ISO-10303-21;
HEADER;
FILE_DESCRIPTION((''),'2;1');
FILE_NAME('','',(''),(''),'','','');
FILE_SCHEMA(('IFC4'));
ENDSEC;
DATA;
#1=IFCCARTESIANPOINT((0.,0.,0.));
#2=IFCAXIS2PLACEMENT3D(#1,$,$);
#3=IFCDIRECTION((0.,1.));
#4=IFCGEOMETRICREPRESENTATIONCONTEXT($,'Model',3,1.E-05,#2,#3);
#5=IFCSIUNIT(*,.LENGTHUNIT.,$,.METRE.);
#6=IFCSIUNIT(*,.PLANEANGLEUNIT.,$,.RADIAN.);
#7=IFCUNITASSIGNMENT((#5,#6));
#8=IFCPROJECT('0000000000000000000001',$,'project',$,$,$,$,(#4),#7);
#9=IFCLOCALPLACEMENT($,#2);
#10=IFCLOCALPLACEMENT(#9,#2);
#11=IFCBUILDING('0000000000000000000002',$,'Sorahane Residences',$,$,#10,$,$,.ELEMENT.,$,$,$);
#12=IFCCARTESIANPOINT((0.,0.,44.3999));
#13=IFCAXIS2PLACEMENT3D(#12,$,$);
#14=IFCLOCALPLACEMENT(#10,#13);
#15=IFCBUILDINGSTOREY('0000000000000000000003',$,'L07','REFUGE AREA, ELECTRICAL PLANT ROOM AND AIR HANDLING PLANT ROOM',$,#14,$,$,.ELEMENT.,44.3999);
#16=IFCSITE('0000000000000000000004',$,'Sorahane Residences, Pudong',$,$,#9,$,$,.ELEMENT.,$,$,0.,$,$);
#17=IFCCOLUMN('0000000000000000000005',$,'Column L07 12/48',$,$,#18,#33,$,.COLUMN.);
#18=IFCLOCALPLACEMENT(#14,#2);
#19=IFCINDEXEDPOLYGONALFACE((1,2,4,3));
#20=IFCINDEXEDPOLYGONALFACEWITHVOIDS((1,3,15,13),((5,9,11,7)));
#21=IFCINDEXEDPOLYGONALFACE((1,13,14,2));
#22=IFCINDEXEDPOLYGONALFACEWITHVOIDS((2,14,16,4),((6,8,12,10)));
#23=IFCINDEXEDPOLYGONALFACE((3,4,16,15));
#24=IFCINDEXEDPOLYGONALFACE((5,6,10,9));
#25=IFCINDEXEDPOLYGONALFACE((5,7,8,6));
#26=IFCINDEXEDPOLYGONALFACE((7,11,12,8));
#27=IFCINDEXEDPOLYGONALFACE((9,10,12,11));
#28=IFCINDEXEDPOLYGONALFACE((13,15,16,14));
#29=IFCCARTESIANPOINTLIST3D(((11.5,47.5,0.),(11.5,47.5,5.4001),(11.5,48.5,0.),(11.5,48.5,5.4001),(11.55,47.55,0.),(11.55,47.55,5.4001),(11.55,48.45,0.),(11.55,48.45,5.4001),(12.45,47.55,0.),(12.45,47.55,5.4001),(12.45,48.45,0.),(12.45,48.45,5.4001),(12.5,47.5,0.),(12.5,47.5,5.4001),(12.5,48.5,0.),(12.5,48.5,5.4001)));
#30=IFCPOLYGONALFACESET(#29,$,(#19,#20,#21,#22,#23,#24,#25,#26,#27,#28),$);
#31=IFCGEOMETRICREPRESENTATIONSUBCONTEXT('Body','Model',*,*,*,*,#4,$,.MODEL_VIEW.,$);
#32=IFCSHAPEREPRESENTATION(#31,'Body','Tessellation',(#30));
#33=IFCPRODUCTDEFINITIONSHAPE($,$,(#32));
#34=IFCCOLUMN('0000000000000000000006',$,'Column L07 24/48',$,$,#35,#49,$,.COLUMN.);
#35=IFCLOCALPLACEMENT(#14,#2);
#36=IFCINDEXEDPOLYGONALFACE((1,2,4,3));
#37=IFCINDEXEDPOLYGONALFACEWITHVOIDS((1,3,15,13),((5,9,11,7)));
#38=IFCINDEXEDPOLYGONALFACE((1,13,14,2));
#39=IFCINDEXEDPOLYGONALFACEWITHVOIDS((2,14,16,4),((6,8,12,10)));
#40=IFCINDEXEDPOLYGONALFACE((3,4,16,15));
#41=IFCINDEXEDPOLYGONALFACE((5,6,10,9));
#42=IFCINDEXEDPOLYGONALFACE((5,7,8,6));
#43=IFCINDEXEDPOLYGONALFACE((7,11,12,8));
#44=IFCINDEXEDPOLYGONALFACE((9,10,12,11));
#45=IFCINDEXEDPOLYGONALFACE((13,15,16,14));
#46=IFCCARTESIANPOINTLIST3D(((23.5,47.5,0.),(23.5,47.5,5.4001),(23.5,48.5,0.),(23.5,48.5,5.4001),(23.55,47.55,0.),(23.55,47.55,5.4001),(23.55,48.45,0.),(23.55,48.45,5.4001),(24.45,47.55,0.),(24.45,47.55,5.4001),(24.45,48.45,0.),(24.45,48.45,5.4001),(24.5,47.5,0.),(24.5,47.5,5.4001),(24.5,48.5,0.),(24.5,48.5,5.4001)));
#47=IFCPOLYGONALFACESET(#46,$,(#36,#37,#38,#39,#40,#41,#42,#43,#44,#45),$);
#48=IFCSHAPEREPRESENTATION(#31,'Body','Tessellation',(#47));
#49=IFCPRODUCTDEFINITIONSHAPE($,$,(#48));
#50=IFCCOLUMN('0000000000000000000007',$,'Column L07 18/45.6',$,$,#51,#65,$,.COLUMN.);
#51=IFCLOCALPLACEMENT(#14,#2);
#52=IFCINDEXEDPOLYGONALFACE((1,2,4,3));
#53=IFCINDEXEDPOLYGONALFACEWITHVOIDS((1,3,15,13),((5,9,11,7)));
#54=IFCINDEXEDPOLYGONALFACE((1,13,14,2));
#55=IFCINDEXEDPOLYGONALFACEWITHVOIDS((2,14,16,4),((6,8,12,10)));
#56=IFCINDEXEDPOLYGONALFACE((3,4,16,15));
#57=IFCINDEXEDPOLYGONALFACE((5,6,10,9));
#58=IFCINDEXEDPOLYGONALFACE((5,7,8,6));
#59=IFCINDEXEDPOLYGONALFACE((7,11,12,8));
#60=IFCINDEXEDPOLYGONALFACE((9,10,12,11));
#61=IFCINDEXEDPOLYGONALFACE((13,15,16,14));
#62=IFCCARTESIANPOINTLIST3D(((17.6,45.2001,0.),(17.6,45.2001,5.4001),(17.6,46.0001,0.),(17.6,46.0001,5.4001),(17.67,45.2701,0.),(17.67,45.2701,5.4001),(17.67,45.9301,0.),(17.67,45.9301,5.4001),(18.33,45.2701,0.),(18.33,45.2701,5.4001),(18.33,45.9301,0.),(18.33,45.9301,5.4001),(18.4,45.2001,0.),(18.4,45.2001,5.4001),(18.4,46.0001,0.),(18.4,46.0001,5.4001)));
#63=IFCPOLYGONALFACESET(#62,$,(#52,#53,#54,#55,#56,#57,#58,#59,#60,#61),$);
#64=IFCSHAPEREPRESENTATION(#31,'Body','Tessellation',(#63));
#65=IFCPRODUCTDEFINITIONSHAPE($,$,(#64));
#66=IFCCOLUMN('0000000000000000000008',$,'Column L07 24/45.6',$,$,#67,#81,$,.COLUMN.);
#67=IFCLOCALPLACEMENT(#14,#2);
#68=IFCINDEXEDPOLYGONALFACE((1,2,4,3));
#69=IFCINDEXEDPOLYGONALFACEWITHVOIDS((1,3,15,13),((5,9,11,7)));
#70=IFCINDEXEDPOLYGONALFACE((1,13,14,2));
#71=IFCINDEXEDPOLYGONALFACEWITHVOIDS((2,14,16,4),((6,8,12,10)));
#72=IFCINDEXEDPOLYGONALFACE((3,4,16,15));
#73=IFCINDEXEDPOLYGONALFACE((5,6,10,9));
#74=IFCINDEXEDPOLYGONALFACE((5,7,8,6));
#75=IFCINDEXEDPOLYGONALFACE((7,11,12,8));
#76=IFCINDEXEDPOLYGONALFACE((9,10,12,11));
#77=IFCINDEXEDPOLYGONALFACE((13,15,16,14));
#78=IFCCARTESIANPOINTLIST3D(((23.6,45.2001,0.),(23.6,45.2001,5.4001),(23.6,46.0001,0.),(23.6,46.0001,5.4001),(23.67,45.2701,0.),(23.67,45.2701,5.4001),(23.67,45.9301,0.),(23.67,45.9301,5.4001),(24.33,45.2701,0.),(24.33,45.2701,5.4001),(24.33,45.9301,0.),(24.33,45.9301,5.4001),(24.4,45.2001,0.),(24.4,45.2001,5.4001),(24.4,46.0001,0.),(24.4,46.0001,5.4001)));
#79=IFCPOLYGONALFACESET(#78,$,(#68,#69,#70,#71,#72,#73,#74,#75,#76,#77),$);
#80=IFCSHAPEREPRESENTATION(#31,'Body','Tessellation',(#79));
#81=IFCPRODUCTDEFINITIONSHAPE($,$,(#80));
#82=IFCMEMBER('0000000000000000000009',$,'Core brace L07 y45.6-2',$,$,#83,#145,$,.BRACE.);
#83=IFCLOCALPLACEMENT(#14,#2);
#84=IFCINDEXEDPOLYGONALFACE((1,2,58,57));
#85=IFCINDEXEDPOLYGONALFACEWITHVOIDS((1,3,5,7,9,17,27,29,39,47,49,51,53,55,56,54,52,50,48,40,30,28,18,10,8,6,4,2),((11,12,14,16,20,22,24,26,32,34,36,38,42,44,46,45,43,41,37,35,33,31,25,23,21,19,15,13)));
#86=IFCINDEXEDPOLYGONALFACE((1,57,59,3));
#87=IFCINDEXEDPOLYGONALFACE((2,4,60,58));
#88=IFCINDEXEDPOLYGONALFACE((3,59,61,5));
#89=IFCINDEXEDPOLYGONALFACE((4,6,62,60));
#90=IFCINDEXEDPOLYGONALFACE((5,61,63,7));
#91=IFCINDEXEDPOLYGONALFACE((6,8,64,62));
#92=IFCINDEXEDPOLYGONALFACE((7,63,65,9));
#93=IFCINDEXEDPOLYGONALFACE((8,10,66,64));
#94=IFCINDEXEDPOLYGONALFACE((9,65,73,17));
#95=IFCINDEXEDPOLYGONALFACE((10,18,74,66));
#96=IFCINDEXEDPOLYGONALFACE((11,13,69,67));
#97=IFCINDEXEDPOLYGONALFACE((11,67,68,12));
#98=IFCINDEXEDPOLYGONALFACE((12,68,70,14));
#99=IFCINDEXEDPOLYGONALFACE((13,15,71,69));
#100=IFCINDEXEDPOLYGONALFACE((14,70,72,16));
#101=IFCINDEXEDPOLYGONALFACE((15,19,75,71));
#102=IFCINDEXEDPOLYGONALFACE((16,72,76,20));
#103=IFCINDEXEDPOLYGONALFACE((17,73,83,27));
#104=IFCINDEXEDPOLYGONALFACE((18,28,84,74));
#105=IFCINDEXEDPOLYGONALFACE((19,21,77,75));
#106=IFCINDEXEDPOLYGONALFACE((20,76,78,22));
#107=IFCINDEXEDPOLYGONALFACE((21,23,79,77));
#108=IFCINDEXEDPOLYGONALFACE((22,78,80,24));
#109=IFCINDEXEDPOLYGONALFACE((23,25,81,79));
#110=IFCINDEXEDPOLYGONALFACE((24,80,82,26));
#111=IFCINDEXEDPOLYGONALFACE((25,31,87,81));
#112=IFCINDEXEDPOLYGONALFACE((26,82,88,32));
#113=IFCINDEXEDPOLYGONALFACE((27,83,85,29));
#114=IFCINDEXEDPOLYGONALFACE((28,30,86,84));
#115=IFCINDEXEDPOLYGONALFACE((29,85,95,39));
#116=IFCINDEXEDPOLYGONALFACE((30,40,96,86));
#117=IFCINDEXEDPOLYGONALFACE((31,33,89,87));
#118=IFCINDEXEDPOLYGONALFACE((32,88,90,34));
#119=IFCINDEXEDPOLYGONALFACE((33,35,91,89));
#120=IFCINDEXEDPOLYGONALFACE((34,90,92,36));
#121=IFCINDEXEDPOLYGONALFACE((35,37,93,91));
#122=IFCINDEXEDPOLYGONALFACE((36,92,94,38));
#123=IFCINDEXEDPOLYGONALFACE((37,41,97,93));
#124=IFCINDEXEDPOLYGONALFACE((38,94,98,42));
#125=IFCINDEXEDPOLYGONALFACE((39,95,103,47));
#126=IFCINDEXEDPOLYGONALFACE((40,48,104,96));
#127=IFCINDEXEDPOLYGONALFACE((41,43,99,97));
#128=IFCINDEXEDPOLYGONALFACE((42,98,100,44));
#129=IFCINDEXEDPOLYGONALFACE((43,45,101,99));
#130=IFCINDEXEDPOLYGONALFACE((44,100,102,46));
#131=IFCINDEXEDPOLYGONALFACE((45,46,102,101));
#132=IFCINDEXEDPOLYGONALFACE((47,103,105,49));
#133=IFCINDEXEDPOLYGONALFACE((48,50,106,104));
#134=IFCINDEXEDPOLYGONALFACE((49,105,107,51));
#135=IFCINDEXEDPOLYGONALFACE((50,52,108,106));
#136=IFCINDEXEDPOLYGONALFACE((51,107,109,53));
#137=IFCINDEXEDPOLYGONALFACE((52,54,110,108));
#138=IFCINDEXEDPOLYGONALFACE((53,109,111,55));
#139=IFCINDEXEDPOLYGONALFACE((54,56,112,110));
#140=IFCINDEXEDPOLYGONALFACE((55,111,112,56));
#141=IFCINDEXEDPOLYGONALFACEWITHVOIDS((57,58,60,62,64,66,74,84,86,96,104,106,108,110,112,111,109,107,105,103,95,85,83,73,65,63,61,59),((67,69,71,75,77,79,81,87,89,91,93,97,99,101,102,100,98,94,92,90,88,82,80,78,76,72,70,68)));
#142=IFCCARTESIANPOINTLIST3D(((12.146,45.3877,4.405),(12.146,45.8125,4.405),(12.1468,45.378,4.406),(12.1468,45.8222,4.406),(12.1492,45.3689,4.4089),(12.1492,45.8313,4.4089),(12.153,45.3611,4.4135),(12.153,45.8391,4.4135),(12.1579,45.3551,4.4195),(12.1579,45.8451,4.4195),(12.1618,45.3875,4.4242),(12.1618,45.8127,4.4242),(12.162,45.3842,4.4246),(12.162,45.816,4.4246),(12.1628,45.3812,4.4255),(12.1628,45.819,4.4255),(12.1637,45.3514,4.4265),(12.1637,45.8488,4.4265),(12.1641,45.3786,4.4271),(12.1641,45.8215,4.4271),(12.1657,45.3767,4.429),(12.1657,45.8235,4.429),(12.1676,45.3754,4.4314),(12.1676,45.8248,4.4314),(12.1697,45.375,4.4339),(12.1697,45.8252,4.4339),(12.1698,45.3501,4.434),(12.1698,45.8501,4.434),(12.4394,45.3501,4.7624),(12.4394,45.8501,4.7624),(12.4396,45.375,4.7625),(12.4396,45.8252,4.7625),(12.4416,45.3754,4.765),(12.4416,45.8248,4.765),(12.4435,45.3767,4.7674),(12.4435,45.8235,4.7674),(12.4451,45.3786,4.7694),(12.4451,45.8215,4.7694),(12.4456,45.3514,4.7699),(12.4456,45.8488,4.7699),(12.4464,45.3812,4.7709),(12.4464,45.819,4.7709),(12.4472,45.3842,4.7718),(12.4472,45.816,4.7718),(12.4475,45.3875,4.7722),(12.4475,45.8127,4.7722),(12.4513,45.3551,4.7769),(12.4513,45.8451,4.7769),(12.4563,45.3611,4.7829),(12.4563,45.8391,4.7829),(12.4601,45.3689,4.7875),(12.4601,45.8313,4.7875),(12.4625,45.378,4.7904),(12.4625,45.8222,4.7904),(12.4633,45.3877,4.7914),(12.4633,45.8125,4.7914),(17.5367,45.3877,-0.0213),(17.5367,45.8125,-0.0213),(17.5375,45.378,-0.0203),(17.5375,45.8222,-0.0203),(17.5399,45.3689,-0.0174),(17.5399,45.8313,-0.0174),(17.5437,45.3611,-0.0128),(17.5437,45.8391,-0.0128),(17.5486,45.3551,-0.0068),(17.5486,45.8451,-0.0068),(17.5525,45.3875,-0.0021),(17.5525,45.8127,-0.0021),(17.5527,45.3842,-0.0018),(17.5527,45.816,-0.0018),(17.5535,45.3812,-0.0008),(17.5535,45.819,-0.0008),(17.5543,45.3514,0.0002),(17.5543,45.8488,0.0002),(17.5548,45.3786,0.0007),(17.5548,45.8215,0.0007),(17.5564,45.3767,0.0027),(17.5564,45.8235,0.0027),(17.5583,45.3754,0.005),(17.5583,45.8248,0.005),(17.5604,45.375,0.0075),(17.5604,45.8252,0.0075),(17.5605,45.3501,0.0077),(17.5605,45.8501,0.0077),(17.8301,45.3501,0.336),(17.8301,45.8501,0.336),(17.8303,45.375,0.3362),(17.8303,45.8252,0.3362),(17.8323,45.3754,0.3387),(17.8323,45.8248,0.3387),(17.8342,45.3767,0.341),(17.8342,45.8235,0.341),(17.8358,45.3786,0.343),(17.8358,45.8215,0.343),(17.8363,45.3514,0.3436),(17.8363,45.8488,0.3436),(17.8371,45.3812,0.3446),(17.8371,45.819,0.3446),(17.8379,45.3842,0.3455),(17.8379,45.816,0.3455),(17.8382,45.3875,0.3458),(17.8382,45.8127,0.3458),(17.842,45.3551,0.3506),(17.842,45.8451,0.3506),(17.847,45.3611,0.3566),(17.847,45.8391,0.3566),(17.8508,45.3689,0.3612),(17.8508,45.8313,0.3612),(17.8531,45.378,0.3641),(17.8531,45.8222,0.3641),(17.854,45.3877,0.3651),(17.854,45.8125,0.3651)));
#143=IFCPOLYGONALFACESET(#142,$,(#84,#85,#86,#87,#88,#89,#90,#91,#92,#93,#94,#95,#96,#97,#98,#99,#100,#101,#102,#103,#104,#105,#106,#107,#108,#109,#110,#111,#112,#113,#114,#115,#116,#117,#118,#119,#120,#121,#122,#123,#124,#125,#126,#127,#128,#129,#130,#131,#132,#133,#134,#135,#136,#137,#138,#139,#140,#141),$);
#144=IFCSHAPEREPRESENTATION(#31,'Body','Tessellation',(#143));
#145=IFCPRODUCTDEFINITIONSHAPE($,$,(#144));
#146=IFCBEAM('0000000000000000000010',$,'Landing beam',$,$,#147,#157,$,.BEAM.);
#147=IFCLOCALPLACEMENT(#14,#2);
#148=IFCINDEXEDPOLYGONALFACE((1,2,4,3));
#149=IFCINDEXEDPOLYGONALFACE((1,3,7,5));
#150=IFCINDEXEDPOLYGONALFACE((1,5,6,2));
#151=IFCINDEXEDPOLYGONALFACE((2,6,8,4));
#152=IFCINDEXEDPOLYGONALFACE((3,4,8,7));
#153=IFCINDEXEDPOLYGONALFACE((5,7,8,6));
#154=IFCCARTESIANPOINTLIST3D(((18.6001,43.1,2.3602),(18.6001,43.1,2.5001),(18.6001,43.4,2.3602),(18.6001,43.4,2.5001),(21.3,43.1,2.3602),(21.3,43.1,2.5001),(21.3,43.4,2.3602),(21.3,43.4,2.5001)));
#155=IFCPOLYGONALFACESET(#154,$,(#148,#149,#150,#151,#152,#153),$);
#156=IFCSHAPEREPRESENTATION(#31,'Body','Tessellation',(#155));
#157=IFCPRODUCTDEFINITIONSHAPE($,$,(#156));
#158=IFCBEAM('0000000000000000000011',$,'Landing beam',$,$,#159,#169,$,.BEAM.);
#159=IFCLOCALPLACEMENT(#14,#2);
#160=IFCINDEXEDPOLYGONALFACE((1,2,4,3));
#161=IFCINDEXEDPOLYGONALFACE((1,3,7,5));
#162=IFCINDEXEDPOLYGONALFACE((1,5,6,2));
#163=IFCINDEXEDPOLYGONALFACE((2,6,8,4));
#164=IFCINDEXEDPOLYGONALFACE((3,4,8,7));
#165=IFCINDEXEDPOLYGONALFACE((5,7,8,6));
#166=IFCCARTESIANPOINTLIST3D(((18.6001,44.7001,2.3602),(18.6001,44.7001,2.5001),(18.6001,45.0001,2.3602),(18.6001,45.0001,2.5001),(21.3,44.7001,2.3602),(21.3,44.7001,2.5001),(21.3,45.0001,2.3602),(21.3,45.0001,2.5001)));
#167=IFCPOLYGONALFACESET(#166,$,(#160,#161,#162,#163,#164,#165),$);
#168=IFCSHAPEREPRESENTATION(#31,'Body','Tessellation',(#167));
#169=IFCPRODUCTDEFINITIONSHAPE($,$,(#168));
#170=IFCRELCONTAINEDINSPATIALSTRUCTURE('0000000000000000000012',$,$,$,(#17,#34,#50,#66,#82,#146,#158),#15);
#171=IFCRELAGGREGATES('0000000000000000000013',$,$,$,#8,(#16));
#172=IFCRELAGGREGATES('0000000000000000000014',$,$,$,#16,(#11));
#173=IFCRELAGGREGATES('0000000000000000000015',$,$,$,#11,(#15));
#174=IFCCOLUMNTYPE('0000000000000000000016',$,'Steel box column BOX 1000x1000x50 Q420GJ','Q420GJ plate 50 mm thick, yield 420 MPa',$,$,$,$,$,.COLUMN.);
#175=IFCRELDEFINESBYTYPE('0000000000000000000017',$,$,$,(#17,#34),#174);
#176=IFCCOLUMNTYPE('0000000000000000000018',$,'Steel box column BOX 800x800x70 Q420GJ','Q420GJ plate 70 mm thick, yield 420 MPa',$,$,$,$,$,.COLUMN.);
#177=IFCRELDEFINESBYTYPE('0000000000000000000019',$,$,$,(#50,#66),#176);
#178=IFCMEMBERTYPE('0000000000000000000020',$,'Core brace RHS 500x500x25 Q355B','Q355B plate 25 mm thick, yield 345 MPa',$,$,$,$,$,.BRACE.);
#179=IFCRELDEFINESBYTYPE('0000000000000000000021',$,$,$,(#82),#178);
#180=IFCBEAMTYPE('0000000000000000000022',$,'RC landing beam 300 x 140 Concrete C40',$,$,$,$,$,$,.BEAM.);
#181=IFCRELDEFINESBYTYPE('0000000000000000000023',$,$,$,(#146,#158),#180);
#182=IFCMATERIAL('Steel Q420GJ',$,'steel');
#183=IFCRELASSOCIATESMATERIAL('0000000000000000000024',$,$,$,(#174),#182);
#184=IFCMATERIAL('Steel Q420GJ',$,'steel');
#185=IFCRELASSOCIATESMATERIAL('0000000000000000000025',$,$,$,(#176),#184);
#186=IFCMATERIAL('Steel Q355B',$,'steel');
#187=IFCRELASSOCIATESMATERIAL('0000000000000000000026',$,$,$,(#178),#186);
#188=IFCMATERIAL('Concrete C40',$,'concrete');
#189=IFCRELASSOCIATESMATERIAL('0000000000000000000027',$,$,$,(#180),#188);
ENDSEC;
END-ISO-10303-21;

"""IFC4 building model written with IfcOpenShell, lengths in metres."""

from ifc_helpers import new_model, si_unit, direction, frame, origin, origin_2d, place, context, subcontext, project, spatial, rectangle, hollow_rectangle, extrude, material, material_profile, profile_set, type_object, element, save


model = new_model("IFC4")

# Units and contexts
model_context = context("Model", 3, precision=1e-05, world=origin(), true_north=direction((0.0, 1.0)))
body_context = subcontext(model_context, "Body", "Model", "MODEL_VIEW")
ifc_project = project(units=[si_unit("LENGTHUNIT", "METRE"), si_unit("PLANEANGLEUNIT", "RADIAN")], contexts=[model_context])

# Site, building, storey
site_placement = place(None, origin())
site = spatial("IfcSite", under=ifc_project, at=site_placement, Name="Sorahane Residences, Pudong", CompositionType="ELEMENT", RefElevation=0.0)
building_placement = place(site_placement, origin())
building = spatial("IfcBuilding", under=site, at=building_placement, Name="Sorahane Residences", CompositionType="ELEMENT")
storey_placement = place(building_placement, frame((0.0, 0.0, 44.3999)))
storey = spatial("IfcBuildingStorey", under=building, at=storey_placement, Name="L07", Description="REFUGE AREA, ELECTRICAL PLANT ROOM AND AIR HANDLING PLANT ROOM", CompositionType="ELEMENT", Elevation=44.3999)

# Columns
ifc_material_1 = material(Name="Steel Q420GJ", Category="steel")
ifc_material_profile_1 = material_profile(ifc_material_1, hollow_rectangle(XDim=1.0, YDim=1.0, WallThickness=0.05, at=origin_2d()), Name="BOX 1000x1000x50")
ifc_profile_set_1 = profile_set([ifc_material_profile_1], Name="Steel Q420GJ")
column_type_1 = type_object("IfcColumnType", Name="Steel box column BOX 1000x1000x50 Q420GJ", Description="Q420GJ plate 50 mm thick, yield 420 MPa", PredefinedType="COLUMN", material=ifc_profile_set_1)
for number, where, z_axis, x_axis, name in (
    (1, (12.0, 48.0, 0.0), (0.0, 0.0, 1.0), (1.0, 0.0, 0.0), "Column L07 12/48"),
    (2, (24.0, 48.0, 0.0), (0.0, 0.0, 1.0), (1.0, 0.0, 0.0), "Column L07 24/48"),
):
    element("IfcColumn", number, at=place(storey_placement, frame(where, z_axis=z_axis, x_axis=x_axis)), inside=storey, type_object=column_type_1, Name=name, PredefinedType="COLUMN", context=body_context, shape_type="SweptSolid", body=[
        extrude(hollow_rectangle(XDim=1.0, YDim=1.0, WallThickness=0.05, at=origin_2d()), origin(), (0.0, 0.0, 1.0), 5.4001),
    ])
ifc_material_2 = material(Name="Steel Q420GJ", Category="steel")
ifc_material_profile_2 = material_profile(ifc_material_2, hollow_rectangle(XDim=0.8, YDim=0.8, WallThickness=0.0701, at=origin_2d()), Name="BOX 800x800x70")
ifc_profile_set_2 = profile_set([ifc_material_profile_2], Name="Steel Q420GJ")
column_type_2 = type_object("IfcColumnType", Name="Steel box column BOX 800x800x70 Q420GJ", Description="Q420GJ plate 70 mm thick, yield 420 MPa", PredefinedType="COLUMN", material=ifc_profile_set_2)
for number, where, z_axis, x_axis, name in (
    (3, (18.0, 45.6001, 0.0), (0.0, 0.0, 1.0), (1.0, 0.0, 0.0), "Column L07 18/45.6"),
    (4, (24.0, 45.6001, 0.0), (0.0, 0.0, 1.0), (1.0, 0.0, 0.0), "Column L07 24/45.6"),
):
    element("IfcColumn", number, at=place(storey_placement, frame(where, z_axis=z_axis, x_axis=x_axis)), inside=storey, type_object=column_type_2, Name=name, PredefinedType="COLUMN", context=body_context, shape_type="SweptSolid", body=[
        extrude(hollow_rectangle(XDim=0.8, YDim=0.8, WallThickness=0.0701, at=origin_2d()), origin(), (0.0, 0.0, 1.0), 5.4001),
    ])

# Member
ifc_material_3 = material(Name="Steel Q355B", Category="steel")
ifc_material_profile_3 = material_profile(ifc_material_3, hollow_rectangle(XDim=0.5, YDim=0.5, WallThickness=0.0249, InnerFilletRadius=0.0125, OuterFilletRadius=0.0376, at=origin_2d()), Name="RHS 500x500x25")
ifc_profile_set_3 = profile_set([ifc_material_profile_3], Name="Steel Q355B")
member_type = type_object("IfcMemberType", Name="Core brace RHS 500x500x25 Q355B", Description="Q355B plate 25 mm thick, yield 345 MPa", PredefinedType="BRACE", material=ifc_profile_set_3)
member_placement = place(storey_placement, frame((17.6953, 45.6001, 0.1719), z_axis=(-0.772849, 0.0, 0.63459), x_axis=(0.0, -1.0, 0.0)))
element("IfcMember", 5, at=member_placement, inside=storey, type_object=member_type, Name="Core brace L07 y45.6-2", PredefinedType="BRACE", context=body_context, shape_type="SweptSolid", body=[
    extrude(hollow_rectangle(XDim=0.5, YDim=0.5, WallThickness=0.0249, InnerFilletRadius=0.0125, OuterFilletRadius=0.0376, at=origin_2d()), origin(), (0.0, 0.0, 1.0), 6.9751),
])

# Beams
ifc_material_4 = material(Name="Concrete C40", Category="concrete")
ifc_material_profile_4 = material_profile(ifc_material_4, rectangle(XDim=0.3, YDim=0.1399, at=origin_2d()), Name="300x140")
ifc_profile_set_4 = profile_set([ifc_material_profile_4], Name="Concrete C40")
beam_type_1 = type_object("IfcBeamType", Name="RC landing beam 300 x 140 Concrete C40", PredefinedType="BEAM", material=ifc_profile_set_4)
for number, where, z_axis, x_axis, name in (
    (6, (18.6001, 43.25, 2.4302), (1.0, 0.0, 0.0), (0.0, 1.0, 0.0), "Landing beam"),
    (7, (18.6001, 44.8501, 2.4302), (1.0, 0.0, 0.0), (0.0, 1.0, 0.0), "Landing beam"),
):
    element("IfcBeam", number, at=place(storey_placement, frame(where, z_axis=z_axis, x_axis=x_axis)), inside=storey, type_object=beam_type_1, Name=name, PredefinedType="BEAM", context=body_context, shape_type="SweptSolid", body=[
        extrude(rectangle(XDim=0.3, YDim=0.1399, at=origin_2d()), origin(), (0.0, 0.0, 1.0), 2.7),
    ])

save(model, "model.ifc")
